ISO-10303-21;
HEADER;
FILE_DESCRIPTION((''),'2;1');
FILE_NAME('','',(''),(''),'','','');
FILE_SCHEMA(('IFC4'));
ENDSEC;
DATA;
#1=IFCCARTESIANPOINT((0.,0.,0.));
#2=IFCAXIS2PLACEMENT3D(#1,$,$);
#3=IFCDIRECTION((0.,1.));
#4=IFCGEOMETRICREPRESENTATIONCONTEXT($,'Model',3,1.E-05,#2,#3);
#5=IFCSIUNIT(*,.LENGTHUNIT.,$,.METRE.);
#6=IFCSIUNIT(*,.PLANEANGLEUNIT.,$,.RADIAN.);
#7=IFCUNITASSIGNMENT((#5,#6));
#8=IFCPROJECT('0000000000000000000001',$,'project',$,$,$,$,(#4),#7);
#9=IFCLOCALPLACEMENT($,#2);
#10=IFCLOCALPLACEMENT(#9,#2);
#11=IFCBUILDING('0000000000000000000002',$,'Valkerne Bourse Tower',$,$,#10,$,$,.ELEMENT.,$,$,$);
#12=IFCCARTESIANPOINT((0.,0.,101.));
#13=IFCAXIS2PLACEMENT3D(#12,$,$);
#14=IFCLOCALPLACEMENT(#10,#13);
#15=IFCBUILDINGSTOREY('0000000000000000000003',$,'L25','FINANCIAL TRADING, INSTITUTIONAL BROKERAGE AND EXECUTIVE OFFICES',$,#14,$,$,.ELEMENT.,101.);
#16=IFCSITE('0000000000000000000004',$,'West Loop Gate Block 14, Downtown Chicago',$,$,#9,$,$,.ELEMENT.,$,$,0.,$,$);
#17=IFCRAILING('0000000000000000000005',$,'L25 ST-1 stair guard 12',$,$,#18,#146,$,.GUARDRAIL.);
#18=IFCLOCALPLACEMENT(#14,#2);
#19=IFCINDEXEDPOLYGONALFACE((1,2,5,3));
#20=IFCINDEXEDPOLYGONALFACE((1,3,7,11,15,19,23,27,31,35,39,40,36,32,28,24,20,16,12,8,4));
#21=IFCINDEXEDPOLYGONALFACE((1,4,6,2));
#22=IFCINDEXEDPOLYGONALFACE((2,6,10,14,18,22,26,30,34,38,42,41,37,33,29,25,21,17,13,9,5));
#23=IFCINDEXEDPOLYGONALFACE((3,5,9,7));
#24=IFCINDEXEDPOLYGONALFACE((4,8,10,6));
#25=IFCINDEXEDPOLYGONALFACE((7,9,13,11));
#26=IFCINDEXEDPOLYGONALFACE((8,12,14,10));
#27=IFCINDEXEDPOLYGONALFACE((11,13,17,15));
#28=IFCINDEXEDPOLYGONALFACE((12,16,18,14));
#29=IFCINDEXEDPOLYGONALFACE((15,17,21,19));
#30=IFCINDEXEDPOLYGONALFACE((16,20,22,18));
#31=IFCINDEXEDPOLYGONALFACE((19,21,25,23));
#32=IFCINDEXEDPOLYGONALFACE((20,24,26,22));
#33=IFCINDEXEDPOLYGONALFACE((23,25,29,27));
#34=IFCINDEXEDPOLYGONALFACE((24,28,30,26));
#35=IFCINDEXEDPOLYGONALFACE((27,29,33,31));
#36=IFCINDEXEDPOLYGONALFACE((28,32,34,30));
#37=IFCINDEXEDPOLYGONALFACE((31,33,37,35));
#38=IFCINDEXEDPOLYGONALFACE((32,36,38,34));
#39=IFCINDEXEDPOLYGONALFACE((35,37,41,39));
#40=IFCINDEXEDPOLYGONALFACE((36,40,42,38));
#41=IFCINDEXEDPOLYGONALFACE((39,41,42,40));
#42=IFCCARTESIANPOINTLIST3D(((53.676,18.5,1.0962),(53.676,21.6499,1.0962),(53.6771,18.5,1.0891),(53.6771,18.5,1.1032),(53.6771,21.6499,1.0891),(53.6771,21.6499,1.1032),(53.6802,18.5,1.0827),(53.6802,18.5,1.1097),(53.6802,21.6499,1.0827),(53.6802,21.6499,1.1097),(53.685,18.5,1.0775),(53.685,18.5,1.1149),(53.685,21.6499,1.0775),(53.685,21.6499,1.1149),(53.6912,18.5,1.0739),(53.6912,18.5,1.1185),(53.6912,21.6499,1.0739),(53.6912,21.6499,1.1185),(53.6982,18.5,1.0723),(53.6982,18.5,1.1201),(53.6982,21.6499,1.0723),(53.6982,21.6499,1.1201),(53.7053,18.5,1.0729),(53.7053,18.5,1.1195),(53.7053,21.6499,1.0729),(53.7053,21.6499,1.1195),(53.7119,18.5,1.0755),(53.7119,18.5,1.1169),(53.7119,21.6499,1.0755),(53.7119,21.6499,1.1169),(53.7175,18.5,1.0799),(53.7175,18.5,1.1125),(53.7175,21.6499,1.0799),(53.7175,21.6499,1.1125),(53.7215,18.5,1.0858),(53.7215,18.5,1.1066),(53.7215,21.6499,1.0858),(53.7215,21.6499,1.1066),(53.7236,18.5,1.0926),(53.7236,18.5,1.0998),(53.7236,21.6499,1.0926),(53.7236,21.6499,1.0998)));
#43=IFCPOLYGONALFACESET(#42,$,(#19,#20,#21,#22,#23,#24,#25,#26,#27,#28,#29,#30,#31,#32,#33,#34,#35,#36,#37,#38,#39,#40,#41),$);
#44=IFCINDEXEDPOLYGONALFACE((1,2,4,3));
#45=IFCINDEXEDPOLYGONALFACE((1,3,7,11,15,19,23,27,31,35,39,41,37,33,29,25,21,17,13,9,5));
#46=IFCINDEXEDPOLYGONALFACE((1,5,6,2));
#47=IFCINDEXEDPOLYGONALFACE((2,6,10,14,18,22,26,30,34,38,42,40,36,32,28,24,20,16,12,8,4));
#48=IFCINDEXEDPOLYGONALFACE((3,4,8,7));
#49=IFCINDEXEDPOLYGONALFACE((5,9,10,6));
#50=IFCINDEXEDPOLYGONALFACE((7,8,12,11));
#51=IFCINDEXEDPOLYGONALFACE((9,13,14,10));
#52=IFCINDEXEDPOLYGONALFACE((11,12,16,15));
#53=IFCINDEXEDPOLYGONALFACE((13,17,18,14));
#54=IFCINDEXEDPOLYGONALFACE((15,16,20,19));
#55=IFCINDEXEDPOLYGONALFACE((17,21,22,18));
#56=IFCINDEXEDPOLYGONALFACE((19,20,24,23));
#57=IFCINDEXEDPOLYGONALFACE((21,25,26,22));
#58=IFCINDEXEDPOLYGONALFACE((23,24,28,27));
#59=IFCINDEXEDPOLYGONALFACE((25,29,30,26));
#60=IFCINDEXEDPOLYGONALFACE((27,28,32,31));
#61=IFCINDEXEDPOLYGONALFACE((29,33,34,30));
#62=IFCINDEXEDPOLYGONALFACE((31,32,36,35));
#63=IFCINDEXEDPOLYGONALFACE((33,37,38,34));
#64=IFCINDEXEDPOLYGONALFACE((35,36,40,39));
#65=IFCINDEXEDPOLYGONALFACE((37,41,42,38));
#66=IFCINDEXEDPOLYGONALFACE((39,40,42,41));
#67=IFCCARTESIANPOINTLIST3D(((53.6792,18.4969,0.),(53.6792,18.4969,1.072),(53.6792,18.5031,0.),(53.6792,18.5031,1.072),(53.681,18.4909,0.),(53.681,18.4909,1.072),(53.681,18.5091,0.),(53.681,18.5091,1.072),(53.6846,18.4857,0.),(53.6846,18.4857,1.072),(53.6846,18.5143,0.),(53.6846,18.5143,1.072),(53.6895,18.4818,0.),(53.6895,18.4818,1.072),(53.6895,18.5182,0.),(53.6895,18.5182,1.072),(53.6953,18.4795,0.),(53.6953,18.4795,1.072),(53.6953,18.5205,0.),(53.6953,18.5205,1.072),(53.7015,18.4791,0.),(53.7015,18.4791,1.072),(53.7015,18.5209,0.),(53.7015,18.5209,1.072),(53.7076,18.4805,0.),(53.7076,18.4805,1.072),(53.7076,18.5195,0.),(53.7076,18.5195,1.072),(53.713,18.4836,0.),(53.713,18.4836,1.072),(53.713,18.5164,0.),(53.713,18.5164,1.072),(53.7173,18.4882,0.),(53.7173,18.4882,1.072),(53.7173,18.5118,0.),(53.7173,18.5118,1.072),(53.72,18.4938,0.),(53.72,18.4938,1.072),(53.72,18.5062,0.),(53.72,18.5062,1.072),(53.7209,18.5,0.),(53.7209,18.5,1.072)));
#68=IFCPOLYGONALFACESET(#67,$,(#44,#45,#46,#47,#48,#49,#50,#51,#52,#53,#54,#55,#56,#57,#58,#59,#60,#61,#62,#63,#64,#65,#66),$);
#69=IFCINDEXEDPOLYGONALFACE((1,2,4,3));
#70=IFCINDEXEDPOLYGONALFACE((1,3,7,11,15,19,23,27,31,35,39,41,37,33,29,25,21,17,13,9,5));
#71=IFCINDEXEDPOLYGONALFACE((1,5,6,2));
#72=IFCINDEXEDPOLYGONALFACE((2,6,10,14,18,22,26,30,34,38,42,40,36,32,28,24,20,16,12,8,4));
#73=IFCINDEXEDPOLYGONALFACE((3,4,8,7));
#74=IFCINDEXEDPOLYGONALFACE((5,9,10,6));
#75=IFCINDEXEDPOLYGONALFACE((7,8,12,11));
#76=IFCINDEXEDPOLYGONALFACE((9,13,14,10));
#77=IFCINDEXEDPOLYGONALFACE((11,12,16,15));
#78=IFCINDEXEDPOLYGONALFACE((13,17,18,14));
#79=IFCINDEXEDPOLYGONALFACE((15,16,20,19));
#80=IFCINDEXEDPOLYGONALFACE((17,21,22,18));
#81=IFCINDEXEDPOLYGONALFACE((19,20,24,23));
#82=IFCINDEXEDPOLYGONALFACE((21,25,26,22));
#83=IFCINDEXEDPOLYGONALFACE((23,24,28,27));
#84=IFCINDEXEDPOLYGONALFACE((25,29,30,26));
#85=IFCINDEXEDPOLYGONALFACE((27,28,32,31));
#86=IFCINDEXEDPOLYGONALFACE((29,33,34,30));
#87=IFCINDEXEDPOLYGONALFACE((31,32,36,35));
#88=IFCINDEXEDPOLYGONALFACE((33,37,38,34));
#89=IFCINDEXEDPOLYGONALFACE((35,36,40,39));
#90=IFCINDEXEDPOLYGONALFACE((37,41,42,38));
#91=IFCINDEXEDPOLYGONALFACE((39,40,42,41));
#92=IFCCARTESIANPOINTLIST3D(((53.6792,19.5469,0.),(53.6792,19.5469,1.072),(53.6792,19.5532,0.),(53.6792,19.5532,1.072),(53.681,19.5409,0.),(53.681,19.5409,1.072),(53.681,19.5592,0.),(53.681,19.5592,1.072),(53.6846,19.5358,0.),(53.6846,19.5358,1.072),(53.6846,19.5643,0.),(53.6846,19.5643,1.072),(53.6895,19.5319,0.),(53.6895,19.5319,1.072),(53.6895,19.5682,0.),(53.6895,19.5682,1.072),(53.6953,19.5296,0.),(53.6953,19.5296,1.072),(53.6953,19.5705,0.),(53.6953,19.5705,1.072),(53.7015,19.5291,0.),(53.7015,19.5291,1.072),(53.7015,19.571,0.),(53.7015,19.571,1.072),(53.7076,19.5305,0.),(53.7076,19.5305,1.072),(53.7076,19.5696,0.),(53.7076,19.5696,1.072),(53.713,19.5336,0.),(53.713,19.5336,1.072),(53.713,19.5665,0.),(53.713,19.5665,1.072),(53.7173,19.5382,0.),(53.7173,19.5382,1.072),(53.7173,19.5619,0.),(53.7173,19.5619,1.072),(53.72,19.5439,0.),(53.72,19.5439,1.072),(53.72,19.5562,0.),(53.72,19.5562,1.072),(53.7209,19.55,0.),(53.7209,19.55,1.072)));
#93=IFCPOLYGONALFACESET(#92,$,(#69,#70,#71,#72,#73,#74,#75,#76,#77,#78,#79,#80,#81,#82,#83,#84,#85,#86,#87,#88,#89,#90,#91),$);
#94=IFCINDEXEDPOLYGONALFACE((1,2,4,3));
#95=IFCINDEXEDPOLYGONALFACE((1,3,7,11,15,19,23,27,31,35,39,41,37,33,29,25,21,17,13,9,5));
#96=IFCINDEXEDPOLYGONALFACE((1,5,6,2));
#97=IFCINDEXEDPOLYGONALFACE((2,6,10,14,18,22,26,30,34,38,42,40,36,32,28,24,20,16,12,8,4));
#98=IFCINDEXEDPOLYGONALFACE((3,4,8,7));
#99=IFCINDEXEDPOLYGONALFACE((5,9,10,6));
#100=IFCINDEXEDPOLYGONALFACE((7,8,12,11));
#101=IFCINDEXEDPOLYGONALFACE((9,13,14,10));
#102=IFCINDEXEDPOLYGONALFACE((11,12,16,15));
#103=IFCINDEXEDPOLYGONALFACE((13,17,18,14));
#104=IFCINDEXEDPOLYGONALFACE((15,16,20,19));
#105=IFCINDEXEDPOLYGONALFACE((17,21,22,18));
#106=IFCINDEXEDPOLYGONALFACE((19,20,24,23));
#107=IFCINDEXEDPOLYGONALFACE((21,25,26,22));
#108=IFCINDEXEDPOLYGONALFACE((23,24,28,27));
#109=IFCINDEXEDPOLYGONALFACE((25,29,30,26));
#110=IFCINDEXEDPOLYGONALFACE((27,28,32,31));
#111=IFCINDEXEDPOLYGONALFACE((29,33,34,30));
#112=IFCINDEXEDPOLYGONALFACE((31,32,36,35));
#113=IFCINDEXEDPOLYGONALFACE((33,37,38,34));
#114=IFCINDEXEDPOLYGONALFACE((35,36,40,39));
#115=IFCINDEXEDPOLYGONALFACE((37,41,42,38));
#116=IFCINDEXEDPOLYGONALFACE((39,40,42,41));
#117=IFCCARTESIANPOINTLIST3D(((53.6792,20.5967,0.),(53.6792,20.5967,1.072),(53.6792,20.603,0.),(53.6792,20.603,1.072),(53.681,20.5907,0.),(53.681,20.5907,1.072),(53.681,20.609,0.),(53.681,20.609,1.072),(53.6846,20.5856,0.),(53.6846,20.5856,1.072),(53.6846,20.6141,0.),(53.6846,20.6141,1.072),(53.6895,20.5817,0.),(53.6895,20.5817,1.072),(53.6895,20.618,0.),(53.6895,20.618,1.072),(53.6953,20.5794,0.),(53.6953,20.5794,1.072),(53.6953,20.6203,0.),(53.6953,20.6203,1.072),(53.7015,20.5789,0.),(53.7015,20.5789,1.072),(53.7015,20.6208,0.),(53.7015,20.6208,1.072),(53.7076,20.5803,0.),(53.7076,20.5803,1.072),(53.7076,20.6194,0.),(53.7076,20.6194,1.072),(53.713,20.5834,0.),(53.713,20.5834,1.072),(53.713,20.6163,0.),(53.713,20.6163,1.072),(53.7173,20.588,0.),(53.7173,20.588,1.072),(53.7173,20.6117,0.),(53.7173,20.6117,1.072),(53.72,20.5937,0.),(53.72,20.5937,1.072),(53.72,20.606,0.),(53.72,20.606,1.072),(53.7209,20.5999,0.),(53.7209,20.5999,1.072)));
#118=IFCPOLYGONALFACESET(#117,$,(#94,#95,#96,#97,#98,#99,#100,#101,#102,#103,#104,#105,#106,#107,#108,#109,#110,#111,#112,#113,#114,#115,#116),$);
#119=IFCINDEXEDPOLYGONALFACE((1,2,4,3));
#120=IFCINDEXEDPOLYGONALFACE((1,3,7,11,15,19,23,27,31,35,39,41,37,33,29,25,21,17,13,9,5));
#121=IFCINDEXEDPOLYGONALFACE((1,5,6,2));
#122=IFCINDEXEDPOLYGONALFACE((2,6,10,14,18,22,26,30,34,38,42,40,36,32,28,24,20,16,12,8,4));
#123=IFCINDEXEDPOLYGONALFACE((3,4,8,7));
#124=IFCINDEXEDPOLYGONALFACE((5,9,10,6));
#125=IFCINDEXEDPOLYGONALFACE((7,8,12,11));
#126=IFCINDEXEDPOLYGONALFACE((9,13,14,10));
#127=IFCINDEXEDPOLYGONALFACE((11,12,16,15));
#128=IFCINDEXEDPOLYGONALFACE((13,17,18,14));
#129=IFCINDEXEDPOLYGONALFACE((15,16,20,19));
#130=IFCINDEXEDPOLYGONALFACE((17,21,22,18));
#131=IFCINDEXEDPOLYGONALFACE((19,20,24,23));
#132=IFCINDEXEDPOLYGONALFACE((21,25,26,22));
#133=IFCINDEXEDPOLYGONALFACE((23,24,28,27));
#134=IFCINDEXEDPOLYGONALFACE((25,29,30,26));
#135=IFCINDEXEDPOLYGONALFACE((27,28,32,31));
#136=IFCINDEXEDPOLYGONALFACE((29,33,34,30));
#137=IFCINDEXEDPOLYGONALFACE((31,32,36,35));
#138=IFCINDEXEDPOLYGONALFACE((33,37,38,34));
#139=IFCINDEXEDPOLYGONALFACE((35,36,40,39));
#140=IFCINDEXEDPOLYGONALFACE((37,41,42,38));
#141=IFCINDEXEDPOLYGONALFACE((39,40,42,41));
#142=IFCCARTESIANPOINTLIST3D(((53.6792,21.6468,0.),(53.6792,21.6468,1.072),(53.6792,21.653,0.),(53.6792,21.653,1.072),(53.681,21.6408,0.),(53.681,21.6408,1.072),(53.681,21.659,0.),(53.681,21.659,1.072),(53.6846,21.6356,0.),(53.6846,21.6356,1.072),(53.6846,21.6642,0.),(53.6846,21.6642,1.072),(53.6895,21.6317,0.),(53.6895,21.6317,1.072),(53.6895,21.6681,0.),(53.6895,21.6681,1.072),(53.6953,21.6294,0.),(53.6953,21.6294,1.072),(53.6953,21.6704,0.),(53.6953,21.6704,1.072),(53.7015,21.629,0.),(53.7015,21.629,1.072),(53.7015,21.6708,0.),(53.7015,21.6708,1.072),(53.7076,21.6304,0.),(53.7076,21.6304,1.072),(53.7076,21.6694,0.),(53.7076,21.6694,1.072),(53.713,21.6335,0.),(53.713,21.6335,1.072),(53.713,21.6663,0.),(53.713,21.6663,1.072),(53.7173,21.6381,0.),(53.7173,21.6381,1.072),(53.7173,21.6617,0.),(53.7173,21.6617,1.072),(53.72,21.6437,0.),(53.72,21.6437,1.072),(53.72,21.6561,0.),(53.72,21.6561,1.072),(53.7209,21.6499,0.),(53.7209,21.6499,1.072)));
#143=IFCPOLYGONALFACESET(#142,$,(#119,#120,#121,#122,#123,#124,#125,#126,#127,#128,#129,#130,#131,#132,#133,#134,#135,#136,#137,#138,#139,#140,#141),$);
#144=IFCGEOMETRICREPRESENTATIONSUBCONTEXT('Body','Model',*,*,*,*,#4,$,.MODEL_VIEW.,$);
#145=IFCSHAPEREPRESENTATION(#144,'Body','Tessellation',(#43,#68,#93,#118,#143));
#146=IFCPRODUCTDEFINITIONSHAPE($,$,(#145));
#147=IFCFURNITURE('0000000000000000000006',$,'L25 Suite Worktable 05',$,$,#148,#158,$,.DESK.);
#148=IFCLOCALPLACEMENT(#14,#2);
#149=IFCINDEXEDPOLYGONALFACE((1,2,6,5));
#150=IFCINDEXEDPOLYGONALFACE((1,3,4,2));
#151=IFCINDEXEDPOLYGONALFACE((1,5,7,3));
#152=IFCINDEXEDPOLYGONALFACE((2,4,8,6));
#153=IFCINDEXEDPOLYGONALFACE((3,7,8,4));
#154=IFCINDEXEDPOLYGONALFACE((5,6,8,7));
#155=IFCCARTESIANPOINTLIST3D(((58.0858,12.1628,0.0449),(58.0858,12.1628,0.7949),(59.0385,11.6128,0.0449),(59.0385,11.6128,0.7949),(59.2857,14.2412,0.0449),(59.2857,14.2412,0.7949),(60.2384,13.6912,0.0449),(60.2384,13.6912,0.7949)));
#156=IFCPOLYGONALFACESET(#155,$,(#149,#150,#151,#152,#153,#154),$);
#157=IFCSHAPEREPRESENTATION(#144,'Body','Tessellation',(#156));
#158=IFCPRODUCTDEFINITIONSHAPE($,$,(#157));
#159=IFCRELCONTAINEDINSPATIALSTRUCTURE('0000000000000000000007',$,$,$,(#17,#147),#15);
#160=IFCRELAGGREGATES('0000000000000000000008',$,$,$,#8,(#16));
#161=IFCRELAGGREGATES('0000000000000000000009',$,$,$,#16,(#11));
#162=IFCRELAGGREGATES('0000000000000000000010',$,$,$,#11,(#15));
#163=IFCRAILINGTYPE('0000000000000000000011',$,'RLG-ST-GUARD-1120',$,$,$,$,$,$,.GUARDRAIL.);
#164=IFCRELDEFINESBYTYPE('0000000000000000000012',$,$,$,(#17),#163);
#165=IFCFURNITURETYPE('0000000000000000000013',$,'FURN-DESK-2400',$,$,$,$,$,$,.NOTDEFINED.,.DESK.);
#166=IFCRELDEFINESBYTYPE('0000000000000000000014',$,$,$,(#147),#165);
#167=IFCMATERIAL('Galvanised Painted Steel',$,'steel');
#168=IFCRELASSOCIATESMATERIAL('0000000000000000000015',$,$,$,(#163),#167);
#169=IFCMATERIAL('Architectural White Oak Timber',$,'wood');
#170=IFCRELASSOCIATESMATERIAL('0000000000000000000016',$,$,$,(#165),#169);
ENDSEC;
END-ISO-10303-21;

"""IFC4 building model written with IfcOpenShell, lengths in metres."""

from ifc_helpers import new_model, si_unit, direction, frame, origin, origin_2d, place, context, subcontext, project, spatial, rectangle, circle, extrude, material, type_object, element, save


model = new_model("IFC4")

# Units and contexts
model_context = context("Model", 3, precision=1e-05, world=origin(), true_north=direction((0.0, 1.0)))
body_context = subcontext(model_context, "Body", "Model", "MODEL_VIEW")
ifc_project = project(units=[si_unit("LENGTHUNIT", "METRE"), si_unit("PLANEANGLEUNIT", "RADIAN")], contexts=[model_context])

# Site, building, storey
site_placement = place(None, origin())
site = spatial("IfcSite", under=ifc_project, at=site_placement, Name="West Loop Gate Block 14, Downtown Chicago", CompositionType="ELEMENT", RefElevation=0.0)
building_placement = place(site_placement, origin())
building = spatial("IfcBuilding", under=site, at=building_placement, Name="Valkerne Bourse Tower", CompositionType="ELEMENT")
storey_placement = place(building_placement, frame((0.0, 0.0, 101.0)))
storey = spatial("IfcBuildingStorey", under=building, at=storey_placement, Name="L25", Description="FINANCIAL TRADING, INSTITUTIONAL BROKERAGE AND EXECUTIVE OFFICES", CompositionType="ELEMENT", Elevation=101.0)

# Shared definitions
ifc_material_1 = material(Name="Architectural White Oak Timber", Category="wood")

# Railing
ifc_material_2 = material(Name="Galvanised Painted Steel", Category="steel")
railing_type = type_object("IfcRailingType", Name="RLG-ST-GUARD-1120", PredefinedType="GUARDRAIL", material=ifc_material_2)
railing_1_placement = place(storey_placement, frame((53.7, 18.5, 0.0)))
element("IfcRailing", 1, at=railing_1_placement, inside=storey, type_object=railing_type, Name="L25 ST-1 stair guard 12", PredefinedType="GUARDRAIL", context=body_context, shape_type="SweptSolid", body=[
    extrude(circle(Radius=0.0239, at=origin_2d()), frame((0.0, 0.0, 1.0962), z_axis=(0.0, 1.0, 0.0), x_axis=(-1.0, 0.0, 0.0)), (0.0, 0.0, 1.0), 3.1499),
    extrude(circle(Radius=0.021, at=origin_2d()), origin(), (0.0, 0.0, 1.0), 1.072),
    extrude(circle(Radius=0.021, at=origin_2d()), frame((0.0, 1.05, 0.0)), (0.0, 0.0, 1.0), 1.072),
    extrude(circle(Radius=0.021, at=origin_2d()), frame((0.0, 2.0999, 0.0)), (0.0, 0.0, 1.0), 1.072),
    extrude(circle(Radius=0.021, at=origin_2d()), frame((0.0, 3.1499, 0.0)), (0.0, 0.0, 1.0), 1.072),
])

# Furniture
furniture_type = type_object("IfcFurnitureType", Name="FURN-DESK-2400", AssemblyPlace="NOTDEFINED", PredefinedType="DESK", material=ifc_material_1)
furniture_placement = place(storey_placement, frame((59.1621, 12.927, 0.0449), z_axis=(0.0, 0.0, 1.0), x_axis=(0.5, 0.866025, 0.0)))
element("IfcFurniture", 2, at=furniture_placement, inside=storey, type_object=furniture_type, Name="L25 Suite Worktable 05", PredefinedType="DESK", context=body_context, shape_type="SweptSolid", body=[
    extrude(rectangle(XDim=2.3999, YDim=1.1001, at=origin_2d()), origin(), (0.0, 0.0, 1.0), 0.75),
])

save(model, "model.ifc")
